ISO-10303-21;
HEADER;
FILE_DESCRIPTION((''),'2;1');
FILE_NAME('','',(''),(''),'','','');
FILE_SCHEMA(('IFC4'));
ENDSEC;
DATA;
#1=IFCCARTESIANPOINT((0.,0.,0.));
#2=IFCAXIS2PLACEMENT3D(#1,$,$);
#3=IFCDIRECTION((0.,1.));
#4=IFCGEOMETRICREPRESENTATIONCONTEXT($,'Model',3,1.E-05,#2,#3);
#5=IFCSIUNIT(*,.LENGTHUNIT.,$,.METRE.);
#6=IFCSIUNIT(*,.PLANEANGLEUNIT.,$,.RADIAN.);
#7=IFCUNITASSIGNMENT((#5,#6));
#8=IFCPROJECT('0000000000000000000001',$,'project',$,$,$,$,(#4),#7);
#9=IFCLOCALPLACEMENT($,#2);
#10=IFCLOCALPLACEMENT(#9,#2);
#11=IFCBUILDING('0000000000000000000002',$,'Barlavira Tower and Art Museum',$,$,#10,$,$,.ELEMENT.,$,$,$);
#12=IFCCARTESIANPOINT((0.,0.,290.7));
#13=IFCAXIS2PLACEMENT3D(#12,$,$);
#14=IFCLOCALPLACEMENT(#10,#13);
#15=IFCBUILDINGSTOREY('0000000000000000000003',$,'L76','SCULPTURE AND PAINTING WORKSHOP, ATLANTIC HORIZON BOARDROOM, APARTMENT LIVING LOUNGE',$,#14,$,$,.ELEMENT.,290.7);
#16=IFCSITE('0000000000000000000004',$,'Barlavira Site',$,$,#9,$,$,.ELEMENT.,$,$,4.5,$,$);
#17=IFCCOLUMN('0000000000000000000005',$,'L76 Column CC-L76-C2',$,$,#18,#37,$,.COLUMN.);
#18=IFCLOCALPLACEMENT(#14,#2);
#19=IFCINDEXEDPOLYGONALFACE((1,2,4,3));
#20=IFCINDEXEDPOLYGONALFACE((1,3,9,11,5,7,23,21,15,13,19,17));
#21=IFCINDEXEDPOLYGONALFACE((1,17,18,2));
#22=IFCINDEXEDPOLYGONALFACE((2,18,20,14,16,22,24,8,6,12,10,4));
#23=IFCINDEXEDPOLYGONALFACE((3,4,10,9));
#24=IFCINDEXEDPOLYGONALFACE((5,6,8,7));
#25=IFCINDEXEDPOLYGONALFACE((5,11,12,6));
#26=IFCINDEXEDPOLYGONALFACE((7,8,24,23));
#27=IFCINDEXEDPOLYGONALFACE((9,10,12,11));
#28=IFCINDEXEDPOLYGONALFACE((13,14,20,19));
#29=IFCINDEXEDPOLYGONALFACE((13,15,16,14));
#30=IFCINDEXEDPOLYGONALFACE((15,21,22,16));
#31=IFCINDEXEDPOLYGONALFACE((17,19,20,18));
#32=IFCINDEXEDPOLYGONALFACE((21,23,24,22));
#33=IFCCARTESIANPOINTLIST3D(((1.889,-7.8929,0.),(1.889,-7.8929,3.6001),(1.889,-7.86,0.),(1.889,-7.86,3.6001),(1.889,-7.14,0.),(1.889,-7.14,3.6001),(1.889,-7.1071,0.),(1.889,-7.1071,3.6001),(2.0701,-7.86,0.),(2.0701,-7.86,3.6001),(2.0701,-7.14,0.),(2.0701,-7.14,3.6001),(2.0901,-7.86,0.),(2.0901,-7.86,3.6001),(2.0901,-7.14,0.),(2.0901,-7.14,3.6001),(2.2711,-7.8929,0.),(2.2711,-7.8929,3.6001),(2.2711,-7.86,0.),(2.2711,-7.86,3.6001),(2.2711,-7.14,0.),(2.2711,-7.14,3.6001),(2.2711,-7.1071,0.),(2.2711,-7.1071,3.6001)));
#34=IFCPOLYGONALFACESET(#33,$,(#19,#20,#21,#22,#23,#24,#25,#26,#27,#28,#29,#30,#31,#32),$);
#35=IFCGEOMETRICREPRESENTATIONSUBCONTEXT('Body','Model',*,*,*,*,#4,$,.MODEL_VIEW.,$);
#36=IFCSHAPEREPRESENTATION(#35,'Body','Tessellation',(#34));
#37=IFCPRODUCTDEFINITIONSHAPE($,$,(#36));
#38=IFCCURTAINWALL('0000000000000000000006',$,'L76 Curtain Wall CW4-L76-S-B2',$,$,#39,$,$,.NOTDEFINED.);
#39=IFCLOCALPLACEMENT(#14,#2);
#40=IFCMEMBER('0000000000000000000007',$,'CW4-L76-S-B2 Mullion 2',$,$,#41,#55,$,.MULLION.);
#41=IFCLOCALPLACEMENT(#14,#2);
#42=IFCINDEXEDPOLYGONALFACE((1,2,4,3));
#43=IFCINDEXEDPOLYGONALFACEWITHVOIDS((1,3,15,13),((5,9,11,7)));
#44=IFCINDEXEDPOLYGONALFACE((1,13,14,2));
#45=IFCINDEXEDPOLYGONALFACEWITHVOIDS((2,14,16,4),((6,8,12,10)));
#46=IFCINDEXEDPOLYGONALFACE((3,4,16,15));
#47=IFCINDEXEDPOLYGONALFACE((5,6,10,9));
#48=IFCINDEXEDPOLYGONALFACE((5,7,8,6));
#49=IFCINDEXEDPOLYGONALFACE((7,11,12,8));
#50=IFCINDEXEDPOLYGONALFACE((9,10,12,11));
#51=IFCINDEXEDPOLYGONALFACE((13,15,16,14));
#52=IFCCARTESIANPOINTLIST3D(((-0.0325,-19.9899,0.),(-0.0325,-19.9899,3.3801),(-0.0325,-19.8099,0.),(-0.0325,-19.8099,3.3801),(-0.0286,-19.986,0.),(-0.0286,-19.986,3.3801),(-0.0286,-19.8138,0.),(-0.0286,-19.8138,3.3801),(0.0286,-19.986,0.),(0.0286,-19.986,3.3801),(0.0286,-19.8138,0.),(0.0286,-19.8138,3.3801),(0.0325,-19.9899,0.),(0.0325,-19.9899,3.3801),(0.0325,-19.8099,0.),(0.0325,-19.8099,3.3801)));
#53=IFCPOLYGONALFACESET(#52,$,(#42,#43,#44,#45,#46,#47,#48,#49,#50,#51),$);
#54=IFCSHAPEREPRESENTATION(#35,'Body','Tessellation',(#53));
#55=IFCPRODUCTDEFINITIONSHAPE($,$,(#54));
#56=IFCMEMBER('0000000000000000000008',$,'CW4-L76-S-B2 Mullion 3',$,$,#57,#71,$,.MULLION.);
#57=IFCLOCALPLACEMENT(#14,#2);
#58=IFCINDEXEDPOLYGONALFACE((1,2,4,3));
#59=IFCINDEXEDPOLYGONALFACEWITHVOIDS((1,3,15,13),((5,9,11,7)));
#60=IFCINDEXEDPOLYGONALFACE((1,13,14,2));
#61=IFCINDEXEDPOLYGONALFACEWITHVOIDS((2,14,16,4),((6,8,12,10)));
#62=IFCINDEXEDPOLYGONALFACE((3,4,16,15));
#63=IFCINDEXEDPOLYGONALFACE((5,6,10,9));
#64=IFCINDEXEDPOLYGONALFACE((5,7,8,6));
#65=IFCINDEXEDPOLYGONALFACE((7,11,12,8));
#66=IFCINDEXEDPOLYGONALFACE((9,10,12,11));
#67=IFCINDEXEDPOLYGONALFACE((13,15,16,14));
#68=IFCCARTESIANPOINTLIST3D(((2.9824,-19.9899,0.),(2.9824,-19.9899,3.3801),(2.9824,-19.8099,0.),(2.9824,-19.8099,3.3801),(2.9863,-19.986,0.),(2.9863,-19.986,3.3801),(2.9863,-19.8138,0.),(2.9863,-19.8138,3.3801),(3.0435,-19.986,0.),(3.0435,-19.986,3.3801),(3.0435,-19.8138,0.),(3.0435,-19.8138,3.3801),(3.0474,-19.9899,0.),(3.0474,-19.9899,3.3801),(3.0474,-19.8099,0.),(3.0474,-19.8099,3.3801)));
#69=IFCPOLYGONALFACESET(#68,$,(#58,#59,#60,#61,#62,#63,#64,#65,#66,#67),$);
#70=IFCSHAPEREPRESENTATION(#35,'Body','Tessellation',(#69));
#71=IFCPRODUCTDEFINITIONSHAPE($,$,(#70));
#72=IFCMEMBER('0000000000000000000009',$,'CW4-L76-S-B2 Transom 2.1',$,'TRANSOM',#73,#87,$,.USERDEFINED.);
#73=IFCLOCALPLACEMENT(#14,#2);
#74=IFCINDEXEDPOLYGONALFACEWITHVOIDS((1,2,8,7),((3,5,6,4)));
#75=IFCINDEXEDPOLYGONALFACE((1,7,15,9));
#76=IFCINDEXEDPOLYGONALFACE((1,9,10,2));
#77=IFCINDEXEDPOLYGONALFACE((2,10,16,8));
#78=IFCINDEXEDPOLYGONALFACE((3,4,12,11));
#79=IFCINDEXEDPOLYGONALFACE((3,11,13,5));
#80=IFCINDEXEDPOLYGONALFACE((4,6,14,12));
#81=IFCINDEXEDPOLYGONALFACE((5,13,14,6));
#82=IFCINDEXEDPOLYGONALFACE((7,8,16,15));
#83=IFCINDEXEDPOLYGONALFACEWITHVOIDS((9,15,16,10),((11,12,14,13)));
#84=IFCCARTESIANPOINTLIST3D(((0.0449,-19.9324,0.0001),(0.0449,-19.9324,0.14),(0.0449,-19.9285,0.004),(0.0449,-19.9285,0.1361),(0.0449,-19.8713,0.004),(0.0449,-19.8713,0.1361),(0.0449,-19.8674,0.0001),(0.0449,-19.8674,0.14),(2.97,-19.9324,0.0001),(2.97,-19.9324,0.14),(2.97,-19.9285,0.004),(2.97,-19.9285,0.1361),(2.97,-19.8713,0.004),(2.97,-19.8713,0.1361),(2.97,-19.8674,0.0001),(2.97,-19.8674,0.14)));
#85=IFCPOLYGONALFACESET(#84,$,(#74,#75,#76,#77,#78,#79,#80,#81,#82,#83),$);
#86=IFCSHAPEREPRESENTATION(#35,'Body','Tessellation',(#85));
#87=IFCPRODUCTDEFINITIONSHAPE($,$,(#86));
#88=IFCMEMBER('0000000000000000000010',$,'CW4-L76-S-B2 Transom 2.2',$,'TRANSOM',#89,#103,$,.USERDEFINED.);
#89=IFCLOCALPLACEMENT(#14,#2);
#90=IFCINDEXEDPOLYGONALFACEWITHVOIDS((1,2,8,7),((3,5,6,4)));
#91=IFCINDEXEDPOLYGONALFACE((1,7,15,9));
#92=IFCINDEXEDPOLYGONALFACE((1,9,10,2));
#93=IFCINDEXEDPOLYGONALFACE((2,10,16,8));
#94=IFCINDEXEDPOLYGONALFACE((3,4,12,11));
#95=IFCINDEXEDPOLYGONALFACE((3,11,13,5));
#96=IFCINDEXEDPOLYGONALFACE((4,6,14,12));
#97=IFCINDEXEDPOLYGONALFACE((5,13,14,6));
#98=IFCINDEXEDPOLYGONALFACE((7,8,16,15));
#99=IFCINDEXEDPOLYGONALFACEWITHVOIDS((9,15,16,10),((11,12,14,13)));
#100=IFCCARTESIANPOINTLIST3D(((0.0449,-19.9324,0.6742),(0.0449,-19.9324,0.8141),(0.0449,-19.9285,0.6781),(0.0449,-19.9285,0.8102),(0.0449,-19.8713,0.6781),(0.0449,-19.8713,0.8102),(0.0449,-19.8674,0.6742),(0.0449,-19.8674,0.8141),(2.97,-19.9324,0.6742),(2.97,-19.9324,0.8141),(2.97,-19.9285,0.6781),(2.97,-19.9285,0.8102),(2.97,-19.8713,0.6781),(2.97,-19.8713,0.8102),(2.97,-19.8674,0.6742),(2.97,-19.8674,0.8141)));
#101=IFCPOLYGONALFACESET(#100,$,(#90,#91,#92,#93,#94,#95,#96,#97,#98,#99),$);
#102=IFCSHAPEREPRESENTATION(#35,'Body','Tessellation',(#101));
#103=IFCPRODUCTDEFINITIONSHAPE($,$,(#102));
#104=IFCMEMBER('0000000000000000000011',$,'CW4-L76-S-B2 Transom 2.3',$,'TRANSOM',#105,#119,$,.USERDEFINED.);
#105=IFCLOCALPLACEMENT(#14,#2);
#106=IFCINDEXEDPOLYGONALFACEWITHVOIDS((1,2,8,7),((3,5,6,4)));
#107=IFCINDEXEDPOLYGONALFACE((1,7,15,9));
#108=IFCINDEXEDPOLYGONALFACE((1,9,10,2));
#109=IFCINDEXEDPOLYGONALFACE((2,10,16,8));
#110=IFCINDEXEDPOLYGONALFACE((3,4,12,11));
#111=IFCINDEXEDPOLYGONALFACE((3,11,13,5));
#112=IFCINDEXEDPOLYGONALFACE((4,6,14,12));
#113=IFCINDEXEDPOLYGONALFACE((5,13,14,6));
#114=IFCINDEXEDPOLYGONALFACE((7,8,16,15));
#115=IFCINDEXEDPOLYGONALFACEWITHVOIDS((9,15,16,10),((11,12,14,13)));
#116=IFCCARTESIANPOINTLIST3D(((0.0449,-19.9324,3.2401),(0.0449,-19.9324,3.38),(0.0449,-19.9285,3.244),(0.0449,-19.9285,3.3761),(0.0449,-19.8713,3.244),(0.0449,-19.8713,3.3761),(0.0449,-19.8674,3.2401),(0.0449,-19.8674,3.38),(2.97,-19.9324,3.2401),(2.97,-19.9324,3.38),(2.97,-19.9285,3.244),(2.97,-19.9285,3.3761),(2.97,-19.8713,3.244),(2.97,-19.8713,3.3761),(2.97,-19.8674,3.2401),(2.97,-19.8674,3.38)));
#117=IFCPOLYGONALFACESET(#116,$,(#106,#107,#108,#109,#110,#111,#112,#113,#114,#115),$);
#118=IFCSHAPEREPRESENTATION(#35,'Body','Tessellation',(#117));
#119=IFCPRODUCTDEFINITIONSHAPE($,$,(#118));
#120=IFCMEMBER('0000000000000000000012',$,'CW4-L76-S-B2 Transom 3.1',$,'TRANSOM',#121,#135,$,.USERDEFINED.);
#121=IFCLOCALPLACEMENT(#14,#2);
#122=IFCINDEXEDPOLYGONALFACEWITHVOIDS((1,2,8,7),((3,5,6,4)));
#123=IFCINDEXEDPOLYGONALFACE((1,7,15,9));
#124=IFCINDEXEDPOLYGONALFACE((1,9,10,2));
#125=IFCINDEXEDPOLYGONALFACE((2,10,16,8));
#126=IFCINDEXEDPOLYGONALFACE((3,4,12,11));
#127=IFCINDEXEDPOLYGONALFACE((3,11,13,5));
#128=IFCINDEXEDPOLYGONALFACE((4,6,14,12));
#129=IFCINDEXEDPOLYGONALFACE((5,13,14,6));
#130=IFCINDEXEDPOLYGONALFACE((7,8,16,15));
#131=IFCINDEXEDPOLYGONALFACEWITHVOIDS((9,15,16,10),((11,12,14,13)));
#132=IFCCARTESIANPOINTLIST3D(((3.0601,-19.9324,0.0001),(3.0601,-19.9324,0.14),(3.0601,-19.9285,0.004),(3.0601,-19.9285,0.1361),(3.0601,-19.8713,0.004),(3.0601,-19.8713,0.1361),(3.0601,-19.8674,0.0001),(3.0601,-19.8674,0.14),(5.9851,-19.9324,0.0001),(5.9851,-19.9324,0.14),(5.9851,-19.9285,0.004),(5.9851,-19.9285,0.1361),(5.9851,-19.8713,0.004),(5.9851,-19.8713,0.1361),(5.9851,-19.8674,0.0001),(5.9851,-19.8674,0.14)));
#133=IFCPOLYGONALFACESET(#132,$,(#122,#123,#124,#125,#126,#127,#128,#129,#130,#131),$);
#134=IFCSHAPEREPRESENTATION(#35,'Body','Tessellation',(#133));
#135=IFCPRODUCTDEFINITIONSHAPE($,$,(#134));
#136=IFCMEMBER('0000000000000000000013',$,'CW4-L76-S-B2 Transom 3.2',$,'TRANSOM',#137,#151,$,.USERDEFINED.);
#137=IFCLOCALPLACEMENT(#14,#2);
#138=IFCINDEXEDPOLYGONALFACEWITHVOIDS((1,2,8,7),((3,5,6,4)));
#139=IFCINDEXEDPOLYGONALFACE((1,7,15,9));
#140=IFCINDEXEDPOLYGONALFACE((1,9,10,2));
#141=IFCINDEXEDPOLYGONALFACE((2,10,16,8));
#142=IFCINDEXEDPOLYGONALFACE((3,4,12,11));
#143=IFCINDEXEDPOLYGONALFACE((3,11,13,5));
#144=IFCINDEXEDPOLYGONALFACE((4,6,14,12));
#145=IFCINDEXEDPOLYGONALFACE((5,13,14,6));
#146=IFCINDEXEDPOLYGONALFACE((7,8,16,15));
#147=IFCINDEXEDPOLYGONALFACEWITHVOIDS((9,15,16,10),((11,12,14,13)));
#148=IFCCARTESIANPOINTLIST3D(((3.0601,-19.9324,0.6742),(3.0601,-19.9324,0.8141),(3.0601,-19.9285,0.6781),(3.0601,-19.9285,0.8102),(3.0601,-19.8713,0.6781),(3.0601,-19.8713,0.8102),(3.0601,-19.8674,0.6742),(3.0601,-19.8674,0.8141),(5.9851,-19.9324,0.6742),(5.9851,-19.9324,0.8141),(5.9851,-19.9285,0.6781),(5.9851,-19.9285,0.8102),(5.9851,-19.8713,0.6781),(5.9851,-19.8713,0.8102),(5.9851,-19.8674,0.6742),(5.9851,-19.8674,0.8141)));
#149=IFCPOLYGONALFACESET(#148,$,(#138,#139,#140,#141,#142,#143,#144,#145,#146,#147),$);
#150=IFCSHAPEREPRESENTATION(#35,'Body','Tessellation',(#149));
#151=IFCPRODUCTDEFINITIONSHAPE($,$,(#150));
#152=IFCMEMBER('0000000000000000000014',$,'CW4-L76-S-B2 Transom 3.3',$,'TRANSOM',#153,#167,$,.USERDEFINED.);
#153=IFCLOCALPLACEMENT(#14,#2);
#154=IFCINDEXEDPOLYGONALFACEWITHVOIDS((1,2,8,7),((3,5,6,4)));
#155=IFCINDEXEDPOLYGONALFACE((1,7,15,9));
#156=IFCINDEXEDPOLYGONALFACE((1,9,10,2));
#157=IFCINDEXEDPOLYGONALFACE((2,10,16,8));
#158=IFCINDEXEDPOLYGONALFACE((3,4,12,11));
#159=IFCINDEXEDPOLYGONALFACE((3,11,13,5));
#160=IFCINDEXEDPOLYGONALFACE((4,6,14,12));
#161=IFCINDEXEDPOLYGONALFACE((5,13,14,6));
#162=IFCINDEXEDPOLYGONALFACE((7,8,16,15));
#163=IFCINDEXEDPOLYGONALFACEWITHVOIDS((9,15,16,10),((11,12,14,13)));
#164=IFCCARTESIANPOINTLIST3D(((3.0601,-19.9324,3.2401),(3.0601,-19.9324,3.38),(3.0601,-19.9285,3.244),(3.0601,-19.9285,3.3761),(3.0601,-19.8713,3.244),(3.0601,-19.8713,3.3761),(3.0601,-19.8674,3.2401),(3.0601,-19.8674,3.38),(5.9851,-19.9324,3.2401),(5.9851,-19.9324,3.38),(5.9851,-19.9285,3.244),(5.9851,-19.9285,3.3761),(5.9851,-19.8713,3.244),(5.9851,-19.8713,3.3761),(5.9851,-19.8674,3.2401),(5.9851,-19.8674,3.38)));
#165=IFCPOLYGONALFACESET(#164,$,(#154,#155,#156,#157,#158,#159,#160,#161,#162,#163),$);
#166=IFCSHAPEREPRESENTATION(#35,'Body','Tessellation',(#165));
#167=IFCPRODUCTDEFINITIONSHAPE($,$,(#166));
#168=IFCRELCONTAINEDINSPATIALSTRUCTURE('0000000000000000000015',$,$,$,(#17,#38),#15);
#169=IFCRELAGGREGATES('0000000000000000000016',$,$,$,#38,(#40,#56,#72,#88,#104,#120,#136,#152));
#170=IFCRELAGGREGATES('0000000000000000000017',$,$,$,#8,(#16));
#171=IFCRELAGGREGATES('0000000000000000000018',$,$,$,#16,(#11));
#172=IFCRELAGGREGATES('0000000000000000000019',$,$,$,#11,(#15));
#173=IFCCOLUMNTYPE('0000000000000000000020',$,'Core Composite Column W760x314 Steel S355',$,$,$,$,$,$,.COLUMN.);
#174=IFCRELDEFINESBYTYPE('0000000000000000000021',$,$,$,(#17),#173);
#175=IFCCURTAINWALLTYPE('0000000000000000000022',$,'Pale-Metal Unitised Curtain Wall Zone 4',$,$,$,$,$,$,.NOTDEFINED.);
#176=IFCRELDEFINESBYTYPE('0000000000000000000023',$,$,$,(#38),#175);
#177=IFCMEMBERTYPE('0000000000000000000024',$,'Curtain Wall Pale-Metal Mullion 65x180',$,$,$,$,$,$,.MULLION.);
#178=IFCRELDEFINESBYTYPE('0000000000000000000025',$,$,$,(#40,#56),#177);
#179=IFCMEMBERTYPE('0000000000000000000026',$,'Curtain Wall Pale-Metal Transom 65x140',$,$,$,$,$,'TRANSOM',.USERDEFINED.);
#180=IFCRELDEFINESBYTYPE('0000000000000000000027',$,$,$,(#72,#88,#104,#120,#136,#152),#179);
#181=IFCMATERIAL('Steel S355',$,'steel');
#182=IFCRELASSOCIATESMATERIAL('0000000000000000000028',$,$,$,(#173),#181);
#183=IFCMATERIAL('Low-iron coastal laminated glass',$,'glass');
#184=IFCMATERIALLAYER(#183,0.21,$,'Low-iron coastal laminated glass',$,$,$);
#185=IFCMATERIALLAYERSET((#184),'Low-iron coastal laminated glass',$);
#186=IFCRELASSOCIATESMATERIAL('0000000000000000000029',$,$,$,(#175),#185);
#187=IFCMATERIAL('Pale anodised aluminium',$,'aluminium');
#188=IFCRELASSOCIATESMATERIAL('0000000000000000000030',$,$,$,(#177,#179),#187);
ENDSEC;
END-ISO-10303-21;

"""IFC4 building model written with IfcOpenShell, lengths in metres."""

from ifc_helpers import new_model, si_unit, direction, frame, origin, origin_2d, place, context, subcontext, project, spatial, hollow_rectangle, i_section, extrude, material, layer, layer_set, material_profile, profile_set, type_object, element, aggregate, save


model = new_model("IFC4")

# Units and contexts
model_context = context("Model", 3, precision=1e-05, world=origin(), true_north=direction((0.0, 1.0)))
body_context = subcontext(model_context, "Body", "Model", "MODEL_VIEW")
ifc_project = project(units=[si_unit("LENGTHUNIT", "METRE"), si_unit("PLANEANGLEUNIT", "RADIAN")], contexts=[model_context])

# Site, building, storey
site_placement = place(None, origin())
site = spatial("IfcSite", under=ifc_project, at=site_placement, Name="Barlavira Site", CompositionType="ELEMENT", RefElevation=4.5)
building_placement = place(site_placement, origin())
building = spatial("IfcBuilding", under=site, at=building_placement, Name="Barlavira Tower and Art Museum", CompositionType="ELEMENT")
storey_placement = place(building_placement, frame((0.0, 0.0, 290.7)))
storey = spatial("IfcBuildingStorey", under=building, at=storey_placement, Name="L76", Description="SCULPTURE AND PAINTING WORKSHOP, ATLANTIC HORIZON BOARDROOM, APARTMENT LIVING LOUNGE", CompositionType="ELEMENT", Elevation=290.7)

# Column
ifc_material_1 = material(Name="Steel S355", Category="steel")
ifc_material_profile_1 = material_profile(ifc_material_1, i_section(OverallWidth=0.3821, OverallDepth=0.7859, WebThickness=0.02, FlangeThickness=0.033, at=origin_2d()), Name="W760x314.0")
ifc_profile_set_1 = profile_set([ifc_material_profile_1], Name="Steel S355")
column_type = type_object("IfcColumnType", Name="Core Composite Column W760x314 Steel S355", PredefinedType="COLUMN", material=ifc_profile_set_1)
column_placement = place(storey_placement, frame((2.0801, -7.5, 0.0), z_axis=(0.0, 0.0, 1.0), x_axis=(1.0, 0.0, 0.0)))
element("IfcColumn", 1, at=column_placement, inside=storey, type_object=column_type, Name="L76 Column CC-L76-C2", PredefinedType="COLUMN", context=body_context, shape_type="SweptSolid", body=[
    extrude(i_section(OverallWidth=0.3821, OverallDepth=0.7859, WebThickness=0.02, FlangeThickness=0.033, at=origin_2d()), origin(), (0.0, 0.0, 1.0), 3.6001),
])

# Curtain wall, members
ifc_material_2 = material(Name="Low-iron coastal laminated glass", Category="glass")
ifc_layer_1 = layer(ifc_material_2, 0.21, Name="Low-iron coastal laminated glass")
ifc_layer_set_1 = layer_set([ifc_layer_1], Name="Low-iron coastal laminated glass")
curtain_wall_type = type_object("IfcCurtainWallType", Name="Pale-Metal Unitised Curtain Wall Zone 4", PredefinedType="NOTDEFINED", material=ifc_layer_set_1)
curtain_wall_placement = place(storey_placement, origin())
curtain_wall = element("IfcCurtainWall", 2, at=curtain_wall_placement, inside=storey, type_object=curtain_wall_type, Name="L76 Curtain Wall CW4-L76-S-B2", PredefinedType="NOTDEFINED")
ifc_material_3 = material(Name="Pale anodised aluminium", Category="aluminium")
ifc_material_profile_2 = material_profile(ifc_material_3, hollow_rectangle(XDim=0.0649, YDim=0.1799, WallThickness=0.0039, at=origin_2d()), Name="ALU-MULL 65x180x4")
ifc_profile_set_2 = profile_set([ifc_material_profile_2], Name="Pale anodised aluminium")
member_type_1 = type_object("IfcMemberType", Name="Curtain Wall Pale-Metal Mullion 65x180", PredefinedType="MULLION", material=ifc_profile_set_2)
member_1_placement = place(storey_placement, frame((0.0, -19.8999, 0.0), z_axis=(0.0, 0.0, 1.0), x_axis=(1.0, 0.0, 0.0)))
member_1 = element("IfcMember", 3, at=member_1_placement, type_object=member_type_1, Name="CW4-L76-S-B2 Mullion 2", PredefinedType="MULLION", context=body_context, shape_type="SweptSolid", body=[
    extrude(hollow_rectangle(XDim=0.0649, YDim=0.1799, WallThickness=0.0039, at=origin_2d()), origin(), (0.0, 0.0, 1.0), 3.3801),
])
member_2_placement = place(storey_placement, frame((3.0149, -19.8999, 0.0), z_axis=(0.0, 0.0, 1.0), x_axis=(1.0, 0.0, 0.0)))
member_2 = element("IfcMember", 4, at=member_2_placement, type_object=member_type_1, Name="CW4-L76-S-B2 Mullion 3", PredefinedType="MULLION", context=body_context, shape_type="SweptSolid", body=[
    extrude(hollow_rectangle(XDim=0.0649, YDim=0.1799, WallThickness=0.0039, at=origin_2d()), origin(), (0.0, 0.0, 1.0), 3.3801),
])
ifc_material_profile_3 = material_profile(ifc_material_3, hollow_rectangle(XDim=0.0649, YDim=0.1399, WallThickness=0.0039, at=origin_2d()), Name="ALU-TRAN 65x140x4")
ifc_profile_set_3 = profile_set([ifc_material_profile_3], Name="Pale anodised aluminium")
member_type_2 = type_object("IfcMemberType", Name="Curtain Wall Pale-Metal Transom 65x140", ElementType="TRANSOM", PredefinedType="USERDEFINED", material=ifc_profile_set_3)
member_3_placement = place(storey_placement, frame((0.0449, -19.8999, 0.0701), z_axis=(1.0, 0.0, 0.0), x_axis=(0.0, 1.0, 0.0)))
member_3 = element("IfcMember", 5, at=member_3_placement, type_object=member_type_2, Name="CW4-L76-S-B2 Transom 2.1", ObjectType="TRANSOM", PredefinedType="USERDEFINED", context=body_context, shape_type="SweptSolid", body=[
    extrude(hollow_rectangle(XDim=0.0649, YDim=0.1399, WallThickness=0.0039, at=origin_2d()), origin(), (0.0, 0.0, 1.0), 2.925),
])
member_4_placement = place(storey_placement, frame((0.0449, -19.8999, 0.7441), z_axis=(1.0, 0.0, 0.0), x_axis=(0.0, 1.0, 0.0)))
member_4 = element("IfcMember", 6, at=member_4_placement, type_object=member_type_2, Name="CW4-L76-S-B2 Transom 2.2", ObjectType="TRANSOM", PredefinedType="USERDEFINED", context=body_context, shape_type="SweptSolid", body=[
    extrude(hollow_rectangle(XDim=0.0649, YDim=0.1399, WallThickness=0.0039, at=origin_2d()), origin(), (0.0, 0.0, 1.0), 2.925),
])
member_5_placement = place(storey_placement, frame((0.0449, -19.8999, 3.3101), z_axis=(1.0, 0.0, 0.0), x_axis=(0.0, 1.0, 0.0)))
member_5 = element("IfcMember", 7, at=member_5_placement, type_object=member_type_2, Name="CW4-L76-S-B2 Transom 2.3", ObjectType="TRANSOM", PredefinedType="USERDEFINED", context=body_context, shape_type="SweptSolid", body=[
    extrude(hollow_rectangle(XDim=0.0649, YDim=0.1399, WallThickness=0.0039, at=origin_2d()), origin(), (0.0, 0.0, 1.0), 2.925),
])
member_6_placement = place(storey_placement, frame((3.0601, -19.8999, 0.0701), z_axis=(1.0, 0.0, 0.0), x_axis=(0.0, 1.0, 0.0)))
member_6 = element("IfcMember", 8, at=member_6_placement, type_object=member_type_2, Name="CW4-L76-S-B2 Transom 3.1", ObjectType="TRANSOM", PredefinedType="USERDEFINED", context=body_context, shape_type="SweptSolid", body=[
    extrude(hollow_rectangle(XDim=0.0649, YDim=0.1399, WallThickness=0.0039, at=origin_2d()), origin(), (0.0, 0.0, 1.0), 2.925),
])
member_7_placement = place(storey_placement, frame((3.0601, -19.8999, 0.7441), z_axis=(1.0, 0.0, 0.0), x_axis=(0.0, 1.0, 0.0)))
member_7 = element("IfcMember", 9, at=member_7_placement, type_object=member_type_2, Name="CW4-L76-S-B2 Transom 3.2", ObjectType="TRANSOM", PredefinedType="USERDEFINED", context=body_context, shape_type="SweptSolid", body=[
    extrude(hollow_rectangle(XDim=0.0649, YDim=0.1399, WallThickness=0.0039, at=origin_2d()), origin(), (0.0, 0.0, 1.0), 2.925),
])
member_8_placement = place(storey_placement, frame((3.0601, -19.8999, 3.3101), z_axis=(1.0, 0.0, 0.0), x_axis=(0.0, 1.0, 0.0)))
member_8 = element("IfcMember", 10, at=member_8_placement, type_object=member_type_2, Name="CW4-L76-S-B2 Transom 3.3", ObjectType="TRANSOM", PredefinedType="USERDEFINED", context=body_context, shape_type="SweptSolid", body=[
    extrude(hollow_rectangle(XDim=0.0649, YDim=0.1399, WallThickness=0.0039, at=origin_2d()), origin(), (0.0, 0.0, 1.0), 2.925),
])

aggregate(curtain_wall, [member_1, member_2, member_3, member_4, member_5, member_6, member_7, member_8])

save(model, "model.ifc")
